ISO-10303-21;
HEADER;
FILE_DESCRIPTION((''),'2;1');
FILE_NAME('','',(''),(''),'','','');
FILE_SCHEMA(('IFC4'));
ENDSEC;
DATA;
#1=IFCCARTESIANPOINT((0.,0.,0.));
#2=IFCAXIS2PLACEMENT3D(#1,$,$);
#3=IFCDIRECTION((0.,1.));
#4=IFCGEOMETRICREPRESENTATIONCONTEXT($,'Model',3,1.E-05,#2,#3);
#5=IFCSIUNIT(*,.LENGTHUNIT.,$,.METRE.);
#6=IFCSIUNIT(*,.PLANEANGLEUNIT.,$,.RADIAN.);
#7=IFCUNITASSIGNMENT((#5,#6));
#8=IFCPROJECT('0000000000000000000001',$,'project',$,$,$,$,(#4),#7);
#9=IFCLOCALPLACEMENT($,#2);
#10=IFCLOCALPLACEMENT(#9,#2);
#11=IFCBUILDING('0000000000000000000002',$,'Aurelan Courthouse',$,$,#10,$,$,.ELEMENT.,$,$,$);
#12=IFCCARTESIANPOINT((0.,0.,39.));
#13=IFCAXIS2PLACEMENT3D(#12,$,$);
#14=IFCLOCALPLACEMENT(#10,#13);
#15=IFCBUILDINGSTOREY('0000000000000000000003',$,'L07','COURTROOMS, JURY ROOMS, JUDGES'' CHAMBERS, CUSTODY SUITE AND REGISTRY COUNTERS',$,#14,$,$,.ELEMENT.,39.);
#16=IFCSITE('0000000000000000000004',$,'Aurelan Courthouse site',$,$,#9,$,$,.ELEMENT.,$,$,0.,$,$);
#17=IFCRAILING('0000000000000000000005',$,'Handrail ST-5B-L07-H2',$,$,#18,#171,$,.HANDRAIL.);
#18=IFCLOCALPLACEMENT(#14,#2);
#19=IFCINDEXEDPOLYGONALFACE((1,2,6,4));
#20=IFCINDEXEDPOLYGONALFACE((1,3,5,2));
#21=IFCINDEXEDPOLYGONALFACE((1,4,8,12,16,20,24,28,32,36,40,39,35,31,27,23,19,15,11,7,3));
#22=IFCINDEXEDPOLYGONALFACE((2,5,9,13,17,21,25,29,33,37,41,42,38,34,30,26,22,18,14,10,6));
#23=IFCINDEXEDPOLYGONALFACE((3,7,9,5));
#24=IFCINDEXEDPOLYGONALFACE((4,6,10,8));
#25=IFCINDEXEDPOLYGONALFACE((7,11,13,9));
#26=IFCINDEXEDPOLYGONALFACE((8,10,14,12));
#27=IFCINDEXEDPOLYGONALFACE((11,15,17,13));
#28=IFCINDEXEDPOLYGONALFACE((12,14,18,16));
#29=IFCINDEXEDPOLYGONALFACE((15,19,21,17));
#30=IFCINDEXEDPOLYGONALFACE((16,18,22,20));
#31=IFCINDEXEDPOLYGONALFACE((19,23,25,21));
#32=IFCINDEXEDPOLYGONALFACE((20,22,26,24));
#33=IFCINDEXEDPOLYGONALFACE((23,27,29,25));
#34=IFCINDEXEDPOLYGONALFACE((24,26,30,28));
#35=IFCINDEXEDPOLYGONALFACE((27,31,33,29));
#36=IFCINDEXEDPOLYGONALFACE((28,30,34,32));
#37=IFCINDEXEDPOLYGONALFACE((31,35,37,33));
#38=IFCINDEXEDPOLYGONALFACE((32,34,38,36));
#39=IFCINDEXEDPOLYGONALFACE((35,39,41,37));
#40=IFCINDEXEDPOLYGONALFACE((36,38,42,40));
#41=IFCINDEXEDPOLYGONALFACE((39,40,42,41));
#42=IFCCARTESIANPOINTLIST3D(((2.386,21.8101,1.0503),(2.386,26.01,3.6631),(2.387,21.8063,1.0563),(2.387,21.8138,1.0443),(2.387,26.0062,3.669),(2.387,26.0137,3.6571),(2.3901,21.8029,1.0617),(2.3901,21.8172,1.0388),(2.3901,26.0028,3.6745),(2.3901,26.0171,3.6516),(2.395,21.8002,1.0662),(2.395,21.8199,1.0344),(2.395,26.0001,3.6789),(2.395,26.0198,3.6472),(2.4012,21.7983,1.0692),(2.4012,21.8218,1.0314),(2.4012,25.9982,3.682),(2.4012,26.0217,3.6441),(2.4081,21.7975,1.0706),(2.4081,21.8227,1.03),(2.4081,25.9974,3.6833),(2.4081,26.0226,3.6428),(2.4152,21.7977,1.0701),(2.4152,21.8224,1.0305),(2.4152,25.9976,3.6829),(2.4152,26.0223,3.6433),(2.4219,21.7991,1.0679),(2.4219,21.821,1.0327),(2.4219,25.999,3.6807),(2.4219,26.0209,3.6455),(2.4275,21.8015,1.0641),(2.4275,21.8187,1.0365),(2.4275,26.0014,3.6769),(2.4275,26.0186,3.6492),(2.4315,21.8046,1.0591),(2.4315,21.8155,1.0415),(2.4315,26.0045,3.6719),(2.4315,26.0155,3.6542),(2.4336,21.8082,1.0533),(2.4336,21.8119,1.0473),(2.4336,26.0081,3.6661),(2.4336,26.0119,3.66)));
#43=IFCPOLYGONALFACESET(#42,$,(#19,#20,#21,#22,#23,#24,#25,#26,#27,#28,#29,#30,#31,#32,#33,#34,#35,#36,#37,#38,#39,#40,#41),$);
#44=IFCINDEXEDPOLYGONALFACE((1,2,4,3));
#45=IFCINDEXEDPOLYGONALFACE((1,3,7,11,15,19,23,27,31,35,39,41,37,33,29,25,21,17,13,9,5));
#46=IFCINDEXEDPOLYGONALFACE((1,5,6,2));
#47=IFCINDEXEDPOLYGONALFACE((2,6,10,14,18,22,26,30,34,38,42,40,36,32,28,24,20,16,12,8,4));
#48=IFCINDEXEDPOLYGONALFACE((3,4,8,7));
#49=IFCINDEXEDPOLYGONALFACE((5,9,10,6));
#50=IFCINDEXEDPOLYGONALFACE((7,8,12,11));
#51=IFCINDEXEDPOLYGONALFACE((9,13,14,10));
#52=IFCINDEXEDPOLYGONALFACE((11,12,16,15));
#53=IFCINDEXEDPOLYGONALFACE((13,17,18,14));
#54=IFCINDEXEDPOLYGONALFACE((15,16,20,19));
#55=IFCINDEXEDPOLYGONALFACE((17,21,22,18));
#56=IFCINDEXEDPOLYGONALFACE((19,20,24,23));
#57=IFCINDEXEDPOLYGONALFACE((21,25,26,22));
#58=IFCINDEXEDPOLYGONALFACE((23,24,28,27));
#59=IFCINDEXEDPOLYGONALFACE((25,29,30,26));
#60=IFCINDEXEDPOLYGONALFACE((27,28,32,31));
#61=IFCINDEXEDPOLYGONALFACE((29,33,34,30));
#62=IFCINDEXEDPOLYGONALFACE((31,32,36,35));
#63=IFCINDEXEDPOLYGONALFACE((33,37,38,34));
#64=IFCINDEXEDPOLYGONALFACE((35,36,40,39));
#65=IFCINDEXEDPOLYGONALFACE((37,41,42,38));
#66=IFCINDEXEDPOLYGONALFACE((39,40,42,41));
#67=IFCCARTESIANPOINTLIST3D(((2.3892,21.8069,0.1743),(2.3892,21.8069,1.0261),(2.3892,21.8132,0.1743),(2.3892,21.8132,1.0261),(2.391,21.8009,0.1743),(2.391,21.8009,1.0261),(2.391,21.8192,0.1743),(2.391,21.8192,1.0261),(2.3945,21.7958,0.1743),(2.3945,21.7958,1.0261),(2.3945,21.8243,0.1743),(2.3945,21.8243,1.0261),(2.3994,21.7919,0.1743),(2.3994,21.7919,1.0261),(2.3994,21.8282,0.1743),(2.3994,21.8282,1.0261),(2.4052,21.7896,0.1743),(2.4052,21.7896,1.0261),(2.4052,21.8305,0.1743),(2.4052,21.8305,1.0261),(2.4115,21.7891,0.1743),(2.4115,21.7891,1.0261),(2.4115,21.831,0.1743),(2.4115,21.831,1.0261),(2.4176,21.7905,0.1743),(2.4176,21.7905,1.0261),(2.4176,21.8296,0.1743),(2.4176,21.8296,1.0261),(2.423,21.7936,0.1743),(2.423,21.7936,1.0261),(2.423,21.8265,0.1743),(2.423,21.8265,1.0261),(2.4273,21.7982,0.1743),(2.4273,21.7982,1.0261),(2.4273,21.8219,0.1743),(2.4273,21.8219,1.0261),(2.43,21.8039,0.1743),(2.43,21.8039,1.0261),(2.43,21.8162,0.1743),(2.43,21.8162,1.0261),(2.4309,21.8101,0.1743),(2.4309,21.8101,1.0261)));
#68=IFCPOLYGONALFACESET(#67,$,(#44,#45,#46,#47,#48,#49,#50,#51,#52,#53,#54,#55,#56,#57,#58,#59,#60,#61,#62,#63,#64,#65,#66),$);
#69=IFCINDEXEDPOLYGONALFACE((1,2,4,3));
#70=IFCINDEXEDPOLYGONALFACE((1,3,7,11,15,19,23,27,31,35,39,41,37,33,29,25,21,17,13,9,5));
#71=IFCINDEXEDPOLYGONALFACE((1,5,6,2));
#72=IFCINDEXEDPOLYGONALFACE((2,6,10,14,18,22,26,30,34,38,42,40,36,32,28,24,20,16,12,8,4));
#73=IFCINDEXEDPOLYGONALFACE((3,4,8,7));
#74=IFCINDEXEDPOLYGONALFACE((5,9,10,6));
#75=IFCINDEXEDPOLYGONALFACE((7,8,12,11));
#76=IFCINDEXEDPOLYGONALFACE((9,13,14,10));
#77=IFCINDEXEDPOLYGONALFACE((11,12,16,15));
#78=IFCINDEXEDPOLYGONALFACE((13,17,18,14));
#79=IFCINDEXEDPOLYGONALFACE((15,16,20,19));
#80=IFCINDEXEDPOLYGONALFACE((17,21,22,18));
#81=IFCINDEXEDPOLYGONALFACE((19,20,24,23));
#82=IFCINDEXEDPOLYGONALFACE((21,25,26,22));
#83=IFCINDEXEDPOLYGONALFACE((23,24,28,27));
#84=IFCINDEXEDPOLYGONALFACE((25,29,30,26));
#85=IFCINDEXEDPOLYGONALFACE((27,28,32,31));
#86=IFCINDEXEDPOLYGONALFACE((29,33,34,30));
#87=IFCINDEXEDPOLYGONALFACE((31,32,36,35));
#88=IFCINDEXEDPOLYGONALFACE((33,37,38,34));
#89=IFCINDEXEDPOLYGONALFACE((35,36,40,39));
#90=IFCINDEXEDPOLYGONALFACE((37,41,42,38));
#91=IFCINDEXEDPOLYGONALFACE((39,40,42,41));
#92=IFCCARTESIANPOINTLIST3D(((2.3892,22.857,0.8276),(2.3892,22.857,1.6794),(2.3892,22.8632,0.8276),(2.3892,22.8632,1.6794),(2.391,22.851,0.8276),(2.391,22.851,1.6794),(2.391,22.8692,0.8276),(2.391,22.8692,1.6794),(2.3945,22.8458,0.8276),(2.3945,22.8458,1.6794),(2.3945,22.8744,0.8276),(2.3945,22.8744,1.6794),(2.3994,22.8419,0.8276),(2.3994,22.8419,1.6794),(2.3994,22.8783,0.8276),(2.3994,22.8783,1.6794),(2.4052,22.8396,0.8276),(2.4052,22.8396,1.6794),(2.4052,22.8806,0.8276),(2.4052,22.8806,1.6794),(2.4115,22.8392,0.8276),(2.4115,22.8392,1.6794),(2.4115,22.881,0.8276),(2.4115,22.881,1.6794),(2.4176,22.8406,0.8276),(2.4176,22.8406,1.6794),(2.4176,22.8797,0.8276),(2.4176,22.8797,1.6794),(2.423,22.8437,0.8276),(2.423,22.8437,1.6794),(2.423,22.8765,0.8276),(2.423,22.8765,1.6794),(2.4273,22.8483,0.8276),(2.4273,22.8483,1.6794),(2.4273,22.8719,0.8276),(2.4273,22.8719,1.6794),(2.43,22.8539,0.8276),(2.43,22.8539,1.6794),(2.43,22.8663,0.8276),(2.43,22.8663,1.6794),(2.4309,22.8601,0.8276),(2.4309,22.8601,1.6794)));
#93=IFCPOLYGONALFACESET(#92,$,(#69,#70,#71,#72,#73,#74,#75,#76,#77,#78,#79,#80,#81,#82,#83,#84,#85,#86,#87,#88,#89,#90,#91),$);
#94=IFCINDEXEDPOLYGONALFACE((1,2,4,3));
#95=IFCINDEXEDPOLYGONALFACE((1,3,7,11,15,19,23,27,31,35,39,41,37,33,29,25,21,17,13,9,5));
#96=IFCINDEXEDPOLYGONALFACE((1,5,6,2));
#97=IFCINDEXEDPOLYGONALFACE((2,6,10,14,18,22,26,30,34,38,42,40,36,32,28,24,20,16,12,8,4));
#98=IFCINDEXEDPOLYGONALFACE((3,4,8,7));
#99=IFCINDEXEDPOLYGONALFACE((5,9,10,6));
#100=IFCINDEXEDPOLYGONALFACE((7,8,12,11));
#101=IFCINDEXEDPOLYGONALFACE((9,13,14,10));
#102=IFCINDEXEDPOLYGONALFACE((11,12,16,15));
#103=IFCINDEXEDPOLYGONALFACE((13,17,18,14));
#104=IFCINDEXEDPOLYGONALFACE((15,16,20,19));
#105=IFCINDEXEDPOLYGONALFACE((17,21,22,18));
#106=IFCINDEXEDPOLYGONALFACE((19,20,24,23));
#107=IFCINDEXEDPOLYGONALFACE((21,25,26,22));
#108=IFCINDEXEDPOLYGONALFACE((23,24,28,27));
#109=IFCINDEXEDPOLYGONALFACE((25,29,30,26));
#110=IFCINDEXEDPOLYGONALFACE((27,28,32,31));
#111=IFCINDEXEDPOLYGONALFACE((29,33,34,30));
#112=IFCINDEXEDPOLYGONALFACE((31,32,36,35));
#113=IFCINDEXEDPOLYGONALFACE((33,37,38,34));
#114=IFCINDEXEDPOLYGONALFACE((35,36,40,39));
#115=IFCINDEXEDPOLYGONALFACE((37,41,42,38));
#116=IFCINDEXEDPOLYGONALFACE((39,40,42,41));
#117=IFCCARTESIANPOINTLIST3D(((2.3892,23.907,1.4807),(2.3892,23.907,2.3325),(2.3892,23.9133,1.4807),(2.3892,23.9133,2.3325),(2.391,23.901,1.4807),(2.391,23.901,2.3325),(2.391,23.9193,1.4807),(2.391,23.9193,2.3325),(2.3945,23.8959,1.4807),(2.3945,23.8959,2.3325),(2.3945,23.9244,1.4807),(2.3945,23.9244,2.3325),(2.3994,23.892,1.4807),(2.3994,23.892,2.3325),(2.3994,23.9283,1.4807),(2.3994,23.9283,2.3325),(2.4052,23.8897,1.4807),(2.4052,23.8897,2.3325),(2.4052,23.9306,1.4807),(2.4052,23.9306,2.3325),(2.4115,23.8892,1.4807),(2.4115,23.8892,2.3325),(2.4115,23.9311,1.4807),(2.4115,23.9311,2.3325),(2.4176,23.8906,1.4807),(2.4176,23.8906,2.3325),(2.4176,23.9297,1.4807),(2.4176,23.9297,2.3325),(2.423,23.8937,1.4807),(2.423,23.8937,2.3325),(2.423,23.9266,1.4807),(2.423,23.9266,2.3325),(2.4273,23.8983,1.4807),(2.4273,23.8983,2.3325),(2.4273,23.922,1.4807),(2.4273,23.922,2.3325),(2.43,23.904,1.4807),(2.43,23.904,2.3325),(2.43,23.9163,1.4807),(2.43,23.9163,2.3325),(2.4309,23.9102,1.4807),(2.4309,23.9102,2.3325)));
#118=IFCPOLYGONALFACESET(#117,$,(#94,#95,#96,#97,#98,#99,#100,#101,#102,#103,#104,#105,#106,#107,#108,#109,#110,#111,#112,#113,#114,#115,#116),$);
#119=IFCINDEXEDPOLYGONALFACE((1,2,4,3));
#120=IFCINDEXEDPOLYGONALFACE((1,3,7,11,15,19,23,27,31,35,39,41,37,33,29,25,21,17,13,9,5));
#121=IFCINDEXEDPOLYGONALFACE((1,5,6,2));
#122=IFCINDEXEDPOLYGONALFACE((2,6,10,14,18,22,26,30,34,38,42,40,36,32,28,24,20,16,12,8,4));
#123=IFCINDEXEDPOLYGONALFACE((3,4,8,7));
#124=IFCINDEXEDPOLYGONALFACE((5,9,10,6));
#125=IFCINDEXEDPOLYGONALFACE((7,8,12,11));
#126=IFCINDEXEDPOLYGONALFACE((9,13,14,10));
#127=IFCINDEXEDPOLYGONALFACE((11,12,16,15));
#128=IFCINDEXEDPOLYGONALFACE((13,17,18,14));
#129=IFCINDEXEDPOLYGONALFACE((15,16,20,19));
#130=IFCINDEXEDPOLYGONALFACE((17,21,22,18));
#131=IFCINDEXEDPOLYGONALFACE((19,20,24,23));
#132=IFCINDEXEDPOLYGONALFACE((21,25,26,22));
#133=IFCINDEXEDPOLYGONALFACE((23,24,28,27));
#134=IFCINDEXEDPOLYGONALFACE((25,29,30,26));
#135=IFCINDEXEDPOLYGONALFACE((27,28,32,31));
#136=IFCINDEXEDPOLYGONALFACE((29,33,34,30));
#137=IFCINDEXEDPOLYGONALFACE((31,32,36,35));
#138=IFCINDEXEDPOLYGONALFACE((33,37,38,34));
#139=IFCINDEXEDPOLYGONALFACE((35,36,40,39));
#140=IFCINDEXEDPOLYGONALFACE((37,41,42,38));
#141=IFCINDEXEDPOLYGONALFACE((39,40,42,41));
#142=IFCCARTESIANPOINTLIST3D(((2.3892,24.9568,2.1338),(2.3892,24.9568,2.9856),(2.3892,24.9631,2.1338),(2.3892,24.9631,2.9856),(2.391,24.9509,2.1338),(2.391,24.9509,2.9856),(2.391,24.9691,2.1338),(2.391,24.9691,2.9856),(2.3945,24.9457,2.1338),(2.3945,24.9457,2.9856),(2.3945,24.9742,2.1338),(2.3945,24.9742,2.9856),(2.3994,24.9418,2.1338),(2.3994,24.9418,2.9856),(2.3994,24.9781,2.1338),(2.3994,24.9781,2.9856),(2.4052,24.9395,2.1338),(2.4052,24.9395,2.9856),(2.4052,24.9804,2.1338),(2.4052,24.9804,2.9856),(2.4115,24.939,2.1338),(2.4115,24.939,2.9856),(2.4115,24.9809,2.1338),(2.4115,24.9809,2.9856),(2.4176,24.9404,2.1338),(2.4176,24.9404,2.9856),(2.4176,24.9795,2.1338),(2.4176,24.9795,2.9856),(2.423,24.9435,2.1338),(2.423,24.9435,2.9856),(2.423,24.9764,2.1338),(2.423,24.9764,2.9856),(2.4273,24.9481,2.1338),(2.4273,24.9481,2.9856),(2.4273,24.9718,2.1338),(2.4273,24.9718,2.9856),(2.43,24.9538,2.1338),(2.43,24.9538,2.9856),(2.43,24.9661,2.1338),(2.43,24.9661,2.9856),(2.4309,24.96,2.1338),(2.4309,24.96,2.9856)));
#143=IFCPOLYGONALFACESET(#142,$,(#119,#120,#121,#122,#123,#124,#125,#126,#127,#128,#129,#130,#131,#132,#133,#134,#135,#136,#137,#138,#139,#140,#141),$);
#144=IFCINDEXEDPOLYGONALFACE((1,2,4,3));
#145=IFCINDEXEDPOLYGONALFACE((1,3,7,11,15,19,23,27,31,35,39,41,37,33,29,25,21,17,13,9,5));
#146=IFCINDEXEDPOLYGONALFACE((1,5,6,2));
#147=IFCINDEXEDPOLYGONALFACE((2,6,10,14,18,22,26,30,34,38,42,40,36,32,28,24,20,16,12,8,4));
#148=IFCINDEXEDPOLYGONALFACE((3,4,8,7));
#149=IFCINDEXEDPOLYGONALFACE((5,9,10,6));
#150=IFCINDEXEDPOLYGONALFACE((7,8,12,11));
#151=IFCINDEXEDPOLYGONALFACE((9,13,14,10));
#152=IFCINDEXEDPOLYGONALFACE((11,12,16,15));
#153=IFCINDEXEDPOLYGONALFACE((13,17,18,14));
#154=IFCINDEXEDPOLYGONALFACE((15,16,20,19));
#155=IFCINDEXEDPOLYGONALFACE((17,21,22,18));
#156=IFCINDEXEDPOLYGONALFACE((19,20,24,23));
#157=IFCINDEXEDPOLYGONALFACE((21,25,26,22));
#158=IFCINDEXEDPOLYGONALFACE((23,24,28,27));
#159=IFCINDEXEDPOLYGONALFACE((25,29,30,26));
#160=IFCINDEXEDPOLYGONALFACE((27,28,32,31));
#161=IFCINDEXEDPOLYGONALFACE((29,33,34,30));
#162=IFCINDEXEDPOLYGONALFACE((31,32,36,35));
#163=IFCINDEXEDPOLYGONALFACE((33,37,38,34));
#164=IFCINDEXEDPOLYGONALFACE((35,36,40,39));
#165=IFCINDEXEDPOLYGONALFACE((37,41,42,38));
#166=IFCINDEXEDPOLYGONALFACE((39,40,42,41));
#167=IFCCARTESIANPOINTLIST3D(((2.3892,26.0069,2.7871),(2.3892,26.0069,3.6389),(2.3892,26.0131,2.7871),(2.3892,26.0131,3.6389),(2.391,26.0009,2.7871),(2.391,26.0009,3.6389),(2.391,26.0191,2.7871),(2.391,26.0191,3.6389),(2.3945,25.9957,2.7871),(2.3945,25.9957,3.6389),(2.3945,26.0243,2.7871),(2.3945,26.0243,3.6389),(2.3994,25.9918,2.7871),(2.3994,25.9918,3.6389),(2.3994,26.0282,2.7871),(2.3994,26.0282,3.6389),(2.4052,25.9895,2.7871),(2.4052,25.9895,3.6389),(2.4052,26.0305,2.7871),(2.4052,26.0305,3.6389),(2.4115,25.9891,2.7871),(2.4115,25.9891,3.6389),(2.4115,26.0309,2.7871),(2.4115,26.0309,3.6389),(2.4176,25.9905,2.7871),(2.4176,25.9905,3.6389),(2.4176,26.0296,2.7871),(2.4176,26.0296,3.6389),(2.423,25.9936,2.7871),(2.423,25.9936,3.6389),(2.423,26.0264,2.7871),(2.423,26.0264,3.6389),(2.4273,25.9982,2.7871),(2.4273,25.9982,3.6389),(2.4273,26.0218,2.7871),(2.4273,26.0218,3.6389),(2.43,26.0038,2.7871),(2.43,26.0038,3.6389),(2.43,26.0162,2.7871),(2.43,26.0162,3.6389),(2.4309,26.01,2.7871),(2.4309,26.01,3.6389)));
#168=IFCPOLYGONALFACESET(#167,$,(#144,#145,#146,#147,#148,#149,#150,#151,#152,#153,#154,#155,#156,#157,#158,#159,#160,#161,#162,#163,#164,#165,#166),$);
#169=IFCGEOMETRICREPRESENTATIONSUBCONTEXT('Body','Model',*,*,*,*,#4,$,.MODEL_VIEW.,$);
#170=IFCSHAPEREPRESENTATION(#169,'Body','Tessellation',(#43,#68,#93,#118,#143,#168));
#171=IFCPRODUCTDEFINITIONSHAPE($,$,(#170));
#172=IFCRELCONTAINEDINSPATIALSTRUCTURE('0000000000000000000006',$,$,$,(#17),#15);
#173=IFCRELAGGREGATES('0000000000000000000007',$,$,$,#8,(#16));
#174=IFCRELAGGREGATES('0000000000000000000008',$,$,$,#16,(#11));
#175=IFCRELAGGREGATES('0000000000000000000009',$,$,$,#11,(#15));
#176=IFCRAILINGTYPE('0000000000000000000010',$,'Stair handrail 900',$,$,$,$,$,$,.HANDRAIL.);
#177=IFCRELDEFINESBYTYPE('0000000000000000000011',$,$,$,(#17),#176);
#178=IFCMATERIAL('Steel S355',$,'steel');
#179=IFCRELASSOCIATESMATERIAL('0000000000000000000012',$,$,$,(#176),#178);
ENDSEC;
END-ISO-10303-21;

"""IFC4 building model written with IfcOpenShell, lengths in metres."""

from ifc_helpers import new_model, si_unit, direction, frame, origin, origin_2d, place, context, subcontext, project, spatial, circle, extrude, material, type_object, element, save


model = new_model("IFC4")

# Units and contexts
model_context = context("Model", 3, precision=1e-05, world=origin(), true_north=direction((0.0, 1.0)))
body_context = subcontext(model_context, "Body", "Model", "MODEL_VIEW")
ifc_project = project(units=[si_unit("LENGTHUNIT", "METRE"), si_unit("PLANEANGLEUNIT", "RADIAN")], contexts=[model_context])

# Site, building, storey
site_placement = place(None, origin())
site = spatial("IfcSite", under=ifc_project, at=site_placement, Name="Aurelan Courthouse site", CompositionType="ELEMENT", RefElevation=0.0)
building_placement = place(site_placement, origin())
building = spatial("IfcBuilding", under=site, at=building_placement, Name="Aurelan Courthouse", CompositionType="ELEMENT")
storey_placement = place(building_placement, frame((0.0, 0.0, 39.0)))
storey = spatial("IfcBuildingStorey", under=building, at=storey_placement, Name="L07", Description="COURTROOMS, JURY ROOMS, JUDGES' CHAMBERS, CUSTODY SUITE AND REGISTRY COUNTERS", CompositionType="ELEMENT", Elevation=39.0)

# Railing
ifc_material_1 = material(Name="Steel S355", Category="steel")
railing_type_1 = type_object("IfcRailingType", Name="Stair handrail 900", PredefinedType="HANDRAIL", material=ifc_material_1)
for number, where, name in (
    (1, (2.4099, 21.8101, 0.1743), "Handrail ST-5B-L07-H2"),
):
    element("IfcRailing", number, at=place(storey_placement, frame(where)), inside=storey, type_object=railing_type_1, Name=name, PredefinedType="HANDRAIL", context=body_context, shape_type="SweptSolid", body=[
        extrude(circle(Radius=0.0239, at=origin_2d()), frame((0.0, 0.0, 0.876), z_axis=(0.0, 0.849103, 0.528228), x_axis=(-1.0, 0.0, 0.0)), (0.0, 0.0, 1.0), 4.9463),
        extrude(circle(Radius=0.021, at=origin_2d()), origin(), (0.0, 0.0, 1.0), 0.8518),
        extrude(circle(Radius=0.021, at=origin_2d()), frame((0.0, 1.05, 0.6533)), (0.0, 0.0, 1.0), 0.8518),
        extrude(circle(Radius=0.021, at=origin_2d()), frame((0.0, 2.1001, 1.3064)), (0.0, 0.0, 1.0), 0.8518),
        extrude(circle(Radius=0.021, at=origin_2d()), frame((0.0, 3.1499, 1.9595)), (0.0, 0.0, 1.0), 0.8518),
        extrude(circle(Radius=0.021, at=origin_2d()), frame((0.0, 4.2, 2.6128)), (0.0, 0.0, 1.0), 0.8518),
    ])

save(model, "model.ifc")
